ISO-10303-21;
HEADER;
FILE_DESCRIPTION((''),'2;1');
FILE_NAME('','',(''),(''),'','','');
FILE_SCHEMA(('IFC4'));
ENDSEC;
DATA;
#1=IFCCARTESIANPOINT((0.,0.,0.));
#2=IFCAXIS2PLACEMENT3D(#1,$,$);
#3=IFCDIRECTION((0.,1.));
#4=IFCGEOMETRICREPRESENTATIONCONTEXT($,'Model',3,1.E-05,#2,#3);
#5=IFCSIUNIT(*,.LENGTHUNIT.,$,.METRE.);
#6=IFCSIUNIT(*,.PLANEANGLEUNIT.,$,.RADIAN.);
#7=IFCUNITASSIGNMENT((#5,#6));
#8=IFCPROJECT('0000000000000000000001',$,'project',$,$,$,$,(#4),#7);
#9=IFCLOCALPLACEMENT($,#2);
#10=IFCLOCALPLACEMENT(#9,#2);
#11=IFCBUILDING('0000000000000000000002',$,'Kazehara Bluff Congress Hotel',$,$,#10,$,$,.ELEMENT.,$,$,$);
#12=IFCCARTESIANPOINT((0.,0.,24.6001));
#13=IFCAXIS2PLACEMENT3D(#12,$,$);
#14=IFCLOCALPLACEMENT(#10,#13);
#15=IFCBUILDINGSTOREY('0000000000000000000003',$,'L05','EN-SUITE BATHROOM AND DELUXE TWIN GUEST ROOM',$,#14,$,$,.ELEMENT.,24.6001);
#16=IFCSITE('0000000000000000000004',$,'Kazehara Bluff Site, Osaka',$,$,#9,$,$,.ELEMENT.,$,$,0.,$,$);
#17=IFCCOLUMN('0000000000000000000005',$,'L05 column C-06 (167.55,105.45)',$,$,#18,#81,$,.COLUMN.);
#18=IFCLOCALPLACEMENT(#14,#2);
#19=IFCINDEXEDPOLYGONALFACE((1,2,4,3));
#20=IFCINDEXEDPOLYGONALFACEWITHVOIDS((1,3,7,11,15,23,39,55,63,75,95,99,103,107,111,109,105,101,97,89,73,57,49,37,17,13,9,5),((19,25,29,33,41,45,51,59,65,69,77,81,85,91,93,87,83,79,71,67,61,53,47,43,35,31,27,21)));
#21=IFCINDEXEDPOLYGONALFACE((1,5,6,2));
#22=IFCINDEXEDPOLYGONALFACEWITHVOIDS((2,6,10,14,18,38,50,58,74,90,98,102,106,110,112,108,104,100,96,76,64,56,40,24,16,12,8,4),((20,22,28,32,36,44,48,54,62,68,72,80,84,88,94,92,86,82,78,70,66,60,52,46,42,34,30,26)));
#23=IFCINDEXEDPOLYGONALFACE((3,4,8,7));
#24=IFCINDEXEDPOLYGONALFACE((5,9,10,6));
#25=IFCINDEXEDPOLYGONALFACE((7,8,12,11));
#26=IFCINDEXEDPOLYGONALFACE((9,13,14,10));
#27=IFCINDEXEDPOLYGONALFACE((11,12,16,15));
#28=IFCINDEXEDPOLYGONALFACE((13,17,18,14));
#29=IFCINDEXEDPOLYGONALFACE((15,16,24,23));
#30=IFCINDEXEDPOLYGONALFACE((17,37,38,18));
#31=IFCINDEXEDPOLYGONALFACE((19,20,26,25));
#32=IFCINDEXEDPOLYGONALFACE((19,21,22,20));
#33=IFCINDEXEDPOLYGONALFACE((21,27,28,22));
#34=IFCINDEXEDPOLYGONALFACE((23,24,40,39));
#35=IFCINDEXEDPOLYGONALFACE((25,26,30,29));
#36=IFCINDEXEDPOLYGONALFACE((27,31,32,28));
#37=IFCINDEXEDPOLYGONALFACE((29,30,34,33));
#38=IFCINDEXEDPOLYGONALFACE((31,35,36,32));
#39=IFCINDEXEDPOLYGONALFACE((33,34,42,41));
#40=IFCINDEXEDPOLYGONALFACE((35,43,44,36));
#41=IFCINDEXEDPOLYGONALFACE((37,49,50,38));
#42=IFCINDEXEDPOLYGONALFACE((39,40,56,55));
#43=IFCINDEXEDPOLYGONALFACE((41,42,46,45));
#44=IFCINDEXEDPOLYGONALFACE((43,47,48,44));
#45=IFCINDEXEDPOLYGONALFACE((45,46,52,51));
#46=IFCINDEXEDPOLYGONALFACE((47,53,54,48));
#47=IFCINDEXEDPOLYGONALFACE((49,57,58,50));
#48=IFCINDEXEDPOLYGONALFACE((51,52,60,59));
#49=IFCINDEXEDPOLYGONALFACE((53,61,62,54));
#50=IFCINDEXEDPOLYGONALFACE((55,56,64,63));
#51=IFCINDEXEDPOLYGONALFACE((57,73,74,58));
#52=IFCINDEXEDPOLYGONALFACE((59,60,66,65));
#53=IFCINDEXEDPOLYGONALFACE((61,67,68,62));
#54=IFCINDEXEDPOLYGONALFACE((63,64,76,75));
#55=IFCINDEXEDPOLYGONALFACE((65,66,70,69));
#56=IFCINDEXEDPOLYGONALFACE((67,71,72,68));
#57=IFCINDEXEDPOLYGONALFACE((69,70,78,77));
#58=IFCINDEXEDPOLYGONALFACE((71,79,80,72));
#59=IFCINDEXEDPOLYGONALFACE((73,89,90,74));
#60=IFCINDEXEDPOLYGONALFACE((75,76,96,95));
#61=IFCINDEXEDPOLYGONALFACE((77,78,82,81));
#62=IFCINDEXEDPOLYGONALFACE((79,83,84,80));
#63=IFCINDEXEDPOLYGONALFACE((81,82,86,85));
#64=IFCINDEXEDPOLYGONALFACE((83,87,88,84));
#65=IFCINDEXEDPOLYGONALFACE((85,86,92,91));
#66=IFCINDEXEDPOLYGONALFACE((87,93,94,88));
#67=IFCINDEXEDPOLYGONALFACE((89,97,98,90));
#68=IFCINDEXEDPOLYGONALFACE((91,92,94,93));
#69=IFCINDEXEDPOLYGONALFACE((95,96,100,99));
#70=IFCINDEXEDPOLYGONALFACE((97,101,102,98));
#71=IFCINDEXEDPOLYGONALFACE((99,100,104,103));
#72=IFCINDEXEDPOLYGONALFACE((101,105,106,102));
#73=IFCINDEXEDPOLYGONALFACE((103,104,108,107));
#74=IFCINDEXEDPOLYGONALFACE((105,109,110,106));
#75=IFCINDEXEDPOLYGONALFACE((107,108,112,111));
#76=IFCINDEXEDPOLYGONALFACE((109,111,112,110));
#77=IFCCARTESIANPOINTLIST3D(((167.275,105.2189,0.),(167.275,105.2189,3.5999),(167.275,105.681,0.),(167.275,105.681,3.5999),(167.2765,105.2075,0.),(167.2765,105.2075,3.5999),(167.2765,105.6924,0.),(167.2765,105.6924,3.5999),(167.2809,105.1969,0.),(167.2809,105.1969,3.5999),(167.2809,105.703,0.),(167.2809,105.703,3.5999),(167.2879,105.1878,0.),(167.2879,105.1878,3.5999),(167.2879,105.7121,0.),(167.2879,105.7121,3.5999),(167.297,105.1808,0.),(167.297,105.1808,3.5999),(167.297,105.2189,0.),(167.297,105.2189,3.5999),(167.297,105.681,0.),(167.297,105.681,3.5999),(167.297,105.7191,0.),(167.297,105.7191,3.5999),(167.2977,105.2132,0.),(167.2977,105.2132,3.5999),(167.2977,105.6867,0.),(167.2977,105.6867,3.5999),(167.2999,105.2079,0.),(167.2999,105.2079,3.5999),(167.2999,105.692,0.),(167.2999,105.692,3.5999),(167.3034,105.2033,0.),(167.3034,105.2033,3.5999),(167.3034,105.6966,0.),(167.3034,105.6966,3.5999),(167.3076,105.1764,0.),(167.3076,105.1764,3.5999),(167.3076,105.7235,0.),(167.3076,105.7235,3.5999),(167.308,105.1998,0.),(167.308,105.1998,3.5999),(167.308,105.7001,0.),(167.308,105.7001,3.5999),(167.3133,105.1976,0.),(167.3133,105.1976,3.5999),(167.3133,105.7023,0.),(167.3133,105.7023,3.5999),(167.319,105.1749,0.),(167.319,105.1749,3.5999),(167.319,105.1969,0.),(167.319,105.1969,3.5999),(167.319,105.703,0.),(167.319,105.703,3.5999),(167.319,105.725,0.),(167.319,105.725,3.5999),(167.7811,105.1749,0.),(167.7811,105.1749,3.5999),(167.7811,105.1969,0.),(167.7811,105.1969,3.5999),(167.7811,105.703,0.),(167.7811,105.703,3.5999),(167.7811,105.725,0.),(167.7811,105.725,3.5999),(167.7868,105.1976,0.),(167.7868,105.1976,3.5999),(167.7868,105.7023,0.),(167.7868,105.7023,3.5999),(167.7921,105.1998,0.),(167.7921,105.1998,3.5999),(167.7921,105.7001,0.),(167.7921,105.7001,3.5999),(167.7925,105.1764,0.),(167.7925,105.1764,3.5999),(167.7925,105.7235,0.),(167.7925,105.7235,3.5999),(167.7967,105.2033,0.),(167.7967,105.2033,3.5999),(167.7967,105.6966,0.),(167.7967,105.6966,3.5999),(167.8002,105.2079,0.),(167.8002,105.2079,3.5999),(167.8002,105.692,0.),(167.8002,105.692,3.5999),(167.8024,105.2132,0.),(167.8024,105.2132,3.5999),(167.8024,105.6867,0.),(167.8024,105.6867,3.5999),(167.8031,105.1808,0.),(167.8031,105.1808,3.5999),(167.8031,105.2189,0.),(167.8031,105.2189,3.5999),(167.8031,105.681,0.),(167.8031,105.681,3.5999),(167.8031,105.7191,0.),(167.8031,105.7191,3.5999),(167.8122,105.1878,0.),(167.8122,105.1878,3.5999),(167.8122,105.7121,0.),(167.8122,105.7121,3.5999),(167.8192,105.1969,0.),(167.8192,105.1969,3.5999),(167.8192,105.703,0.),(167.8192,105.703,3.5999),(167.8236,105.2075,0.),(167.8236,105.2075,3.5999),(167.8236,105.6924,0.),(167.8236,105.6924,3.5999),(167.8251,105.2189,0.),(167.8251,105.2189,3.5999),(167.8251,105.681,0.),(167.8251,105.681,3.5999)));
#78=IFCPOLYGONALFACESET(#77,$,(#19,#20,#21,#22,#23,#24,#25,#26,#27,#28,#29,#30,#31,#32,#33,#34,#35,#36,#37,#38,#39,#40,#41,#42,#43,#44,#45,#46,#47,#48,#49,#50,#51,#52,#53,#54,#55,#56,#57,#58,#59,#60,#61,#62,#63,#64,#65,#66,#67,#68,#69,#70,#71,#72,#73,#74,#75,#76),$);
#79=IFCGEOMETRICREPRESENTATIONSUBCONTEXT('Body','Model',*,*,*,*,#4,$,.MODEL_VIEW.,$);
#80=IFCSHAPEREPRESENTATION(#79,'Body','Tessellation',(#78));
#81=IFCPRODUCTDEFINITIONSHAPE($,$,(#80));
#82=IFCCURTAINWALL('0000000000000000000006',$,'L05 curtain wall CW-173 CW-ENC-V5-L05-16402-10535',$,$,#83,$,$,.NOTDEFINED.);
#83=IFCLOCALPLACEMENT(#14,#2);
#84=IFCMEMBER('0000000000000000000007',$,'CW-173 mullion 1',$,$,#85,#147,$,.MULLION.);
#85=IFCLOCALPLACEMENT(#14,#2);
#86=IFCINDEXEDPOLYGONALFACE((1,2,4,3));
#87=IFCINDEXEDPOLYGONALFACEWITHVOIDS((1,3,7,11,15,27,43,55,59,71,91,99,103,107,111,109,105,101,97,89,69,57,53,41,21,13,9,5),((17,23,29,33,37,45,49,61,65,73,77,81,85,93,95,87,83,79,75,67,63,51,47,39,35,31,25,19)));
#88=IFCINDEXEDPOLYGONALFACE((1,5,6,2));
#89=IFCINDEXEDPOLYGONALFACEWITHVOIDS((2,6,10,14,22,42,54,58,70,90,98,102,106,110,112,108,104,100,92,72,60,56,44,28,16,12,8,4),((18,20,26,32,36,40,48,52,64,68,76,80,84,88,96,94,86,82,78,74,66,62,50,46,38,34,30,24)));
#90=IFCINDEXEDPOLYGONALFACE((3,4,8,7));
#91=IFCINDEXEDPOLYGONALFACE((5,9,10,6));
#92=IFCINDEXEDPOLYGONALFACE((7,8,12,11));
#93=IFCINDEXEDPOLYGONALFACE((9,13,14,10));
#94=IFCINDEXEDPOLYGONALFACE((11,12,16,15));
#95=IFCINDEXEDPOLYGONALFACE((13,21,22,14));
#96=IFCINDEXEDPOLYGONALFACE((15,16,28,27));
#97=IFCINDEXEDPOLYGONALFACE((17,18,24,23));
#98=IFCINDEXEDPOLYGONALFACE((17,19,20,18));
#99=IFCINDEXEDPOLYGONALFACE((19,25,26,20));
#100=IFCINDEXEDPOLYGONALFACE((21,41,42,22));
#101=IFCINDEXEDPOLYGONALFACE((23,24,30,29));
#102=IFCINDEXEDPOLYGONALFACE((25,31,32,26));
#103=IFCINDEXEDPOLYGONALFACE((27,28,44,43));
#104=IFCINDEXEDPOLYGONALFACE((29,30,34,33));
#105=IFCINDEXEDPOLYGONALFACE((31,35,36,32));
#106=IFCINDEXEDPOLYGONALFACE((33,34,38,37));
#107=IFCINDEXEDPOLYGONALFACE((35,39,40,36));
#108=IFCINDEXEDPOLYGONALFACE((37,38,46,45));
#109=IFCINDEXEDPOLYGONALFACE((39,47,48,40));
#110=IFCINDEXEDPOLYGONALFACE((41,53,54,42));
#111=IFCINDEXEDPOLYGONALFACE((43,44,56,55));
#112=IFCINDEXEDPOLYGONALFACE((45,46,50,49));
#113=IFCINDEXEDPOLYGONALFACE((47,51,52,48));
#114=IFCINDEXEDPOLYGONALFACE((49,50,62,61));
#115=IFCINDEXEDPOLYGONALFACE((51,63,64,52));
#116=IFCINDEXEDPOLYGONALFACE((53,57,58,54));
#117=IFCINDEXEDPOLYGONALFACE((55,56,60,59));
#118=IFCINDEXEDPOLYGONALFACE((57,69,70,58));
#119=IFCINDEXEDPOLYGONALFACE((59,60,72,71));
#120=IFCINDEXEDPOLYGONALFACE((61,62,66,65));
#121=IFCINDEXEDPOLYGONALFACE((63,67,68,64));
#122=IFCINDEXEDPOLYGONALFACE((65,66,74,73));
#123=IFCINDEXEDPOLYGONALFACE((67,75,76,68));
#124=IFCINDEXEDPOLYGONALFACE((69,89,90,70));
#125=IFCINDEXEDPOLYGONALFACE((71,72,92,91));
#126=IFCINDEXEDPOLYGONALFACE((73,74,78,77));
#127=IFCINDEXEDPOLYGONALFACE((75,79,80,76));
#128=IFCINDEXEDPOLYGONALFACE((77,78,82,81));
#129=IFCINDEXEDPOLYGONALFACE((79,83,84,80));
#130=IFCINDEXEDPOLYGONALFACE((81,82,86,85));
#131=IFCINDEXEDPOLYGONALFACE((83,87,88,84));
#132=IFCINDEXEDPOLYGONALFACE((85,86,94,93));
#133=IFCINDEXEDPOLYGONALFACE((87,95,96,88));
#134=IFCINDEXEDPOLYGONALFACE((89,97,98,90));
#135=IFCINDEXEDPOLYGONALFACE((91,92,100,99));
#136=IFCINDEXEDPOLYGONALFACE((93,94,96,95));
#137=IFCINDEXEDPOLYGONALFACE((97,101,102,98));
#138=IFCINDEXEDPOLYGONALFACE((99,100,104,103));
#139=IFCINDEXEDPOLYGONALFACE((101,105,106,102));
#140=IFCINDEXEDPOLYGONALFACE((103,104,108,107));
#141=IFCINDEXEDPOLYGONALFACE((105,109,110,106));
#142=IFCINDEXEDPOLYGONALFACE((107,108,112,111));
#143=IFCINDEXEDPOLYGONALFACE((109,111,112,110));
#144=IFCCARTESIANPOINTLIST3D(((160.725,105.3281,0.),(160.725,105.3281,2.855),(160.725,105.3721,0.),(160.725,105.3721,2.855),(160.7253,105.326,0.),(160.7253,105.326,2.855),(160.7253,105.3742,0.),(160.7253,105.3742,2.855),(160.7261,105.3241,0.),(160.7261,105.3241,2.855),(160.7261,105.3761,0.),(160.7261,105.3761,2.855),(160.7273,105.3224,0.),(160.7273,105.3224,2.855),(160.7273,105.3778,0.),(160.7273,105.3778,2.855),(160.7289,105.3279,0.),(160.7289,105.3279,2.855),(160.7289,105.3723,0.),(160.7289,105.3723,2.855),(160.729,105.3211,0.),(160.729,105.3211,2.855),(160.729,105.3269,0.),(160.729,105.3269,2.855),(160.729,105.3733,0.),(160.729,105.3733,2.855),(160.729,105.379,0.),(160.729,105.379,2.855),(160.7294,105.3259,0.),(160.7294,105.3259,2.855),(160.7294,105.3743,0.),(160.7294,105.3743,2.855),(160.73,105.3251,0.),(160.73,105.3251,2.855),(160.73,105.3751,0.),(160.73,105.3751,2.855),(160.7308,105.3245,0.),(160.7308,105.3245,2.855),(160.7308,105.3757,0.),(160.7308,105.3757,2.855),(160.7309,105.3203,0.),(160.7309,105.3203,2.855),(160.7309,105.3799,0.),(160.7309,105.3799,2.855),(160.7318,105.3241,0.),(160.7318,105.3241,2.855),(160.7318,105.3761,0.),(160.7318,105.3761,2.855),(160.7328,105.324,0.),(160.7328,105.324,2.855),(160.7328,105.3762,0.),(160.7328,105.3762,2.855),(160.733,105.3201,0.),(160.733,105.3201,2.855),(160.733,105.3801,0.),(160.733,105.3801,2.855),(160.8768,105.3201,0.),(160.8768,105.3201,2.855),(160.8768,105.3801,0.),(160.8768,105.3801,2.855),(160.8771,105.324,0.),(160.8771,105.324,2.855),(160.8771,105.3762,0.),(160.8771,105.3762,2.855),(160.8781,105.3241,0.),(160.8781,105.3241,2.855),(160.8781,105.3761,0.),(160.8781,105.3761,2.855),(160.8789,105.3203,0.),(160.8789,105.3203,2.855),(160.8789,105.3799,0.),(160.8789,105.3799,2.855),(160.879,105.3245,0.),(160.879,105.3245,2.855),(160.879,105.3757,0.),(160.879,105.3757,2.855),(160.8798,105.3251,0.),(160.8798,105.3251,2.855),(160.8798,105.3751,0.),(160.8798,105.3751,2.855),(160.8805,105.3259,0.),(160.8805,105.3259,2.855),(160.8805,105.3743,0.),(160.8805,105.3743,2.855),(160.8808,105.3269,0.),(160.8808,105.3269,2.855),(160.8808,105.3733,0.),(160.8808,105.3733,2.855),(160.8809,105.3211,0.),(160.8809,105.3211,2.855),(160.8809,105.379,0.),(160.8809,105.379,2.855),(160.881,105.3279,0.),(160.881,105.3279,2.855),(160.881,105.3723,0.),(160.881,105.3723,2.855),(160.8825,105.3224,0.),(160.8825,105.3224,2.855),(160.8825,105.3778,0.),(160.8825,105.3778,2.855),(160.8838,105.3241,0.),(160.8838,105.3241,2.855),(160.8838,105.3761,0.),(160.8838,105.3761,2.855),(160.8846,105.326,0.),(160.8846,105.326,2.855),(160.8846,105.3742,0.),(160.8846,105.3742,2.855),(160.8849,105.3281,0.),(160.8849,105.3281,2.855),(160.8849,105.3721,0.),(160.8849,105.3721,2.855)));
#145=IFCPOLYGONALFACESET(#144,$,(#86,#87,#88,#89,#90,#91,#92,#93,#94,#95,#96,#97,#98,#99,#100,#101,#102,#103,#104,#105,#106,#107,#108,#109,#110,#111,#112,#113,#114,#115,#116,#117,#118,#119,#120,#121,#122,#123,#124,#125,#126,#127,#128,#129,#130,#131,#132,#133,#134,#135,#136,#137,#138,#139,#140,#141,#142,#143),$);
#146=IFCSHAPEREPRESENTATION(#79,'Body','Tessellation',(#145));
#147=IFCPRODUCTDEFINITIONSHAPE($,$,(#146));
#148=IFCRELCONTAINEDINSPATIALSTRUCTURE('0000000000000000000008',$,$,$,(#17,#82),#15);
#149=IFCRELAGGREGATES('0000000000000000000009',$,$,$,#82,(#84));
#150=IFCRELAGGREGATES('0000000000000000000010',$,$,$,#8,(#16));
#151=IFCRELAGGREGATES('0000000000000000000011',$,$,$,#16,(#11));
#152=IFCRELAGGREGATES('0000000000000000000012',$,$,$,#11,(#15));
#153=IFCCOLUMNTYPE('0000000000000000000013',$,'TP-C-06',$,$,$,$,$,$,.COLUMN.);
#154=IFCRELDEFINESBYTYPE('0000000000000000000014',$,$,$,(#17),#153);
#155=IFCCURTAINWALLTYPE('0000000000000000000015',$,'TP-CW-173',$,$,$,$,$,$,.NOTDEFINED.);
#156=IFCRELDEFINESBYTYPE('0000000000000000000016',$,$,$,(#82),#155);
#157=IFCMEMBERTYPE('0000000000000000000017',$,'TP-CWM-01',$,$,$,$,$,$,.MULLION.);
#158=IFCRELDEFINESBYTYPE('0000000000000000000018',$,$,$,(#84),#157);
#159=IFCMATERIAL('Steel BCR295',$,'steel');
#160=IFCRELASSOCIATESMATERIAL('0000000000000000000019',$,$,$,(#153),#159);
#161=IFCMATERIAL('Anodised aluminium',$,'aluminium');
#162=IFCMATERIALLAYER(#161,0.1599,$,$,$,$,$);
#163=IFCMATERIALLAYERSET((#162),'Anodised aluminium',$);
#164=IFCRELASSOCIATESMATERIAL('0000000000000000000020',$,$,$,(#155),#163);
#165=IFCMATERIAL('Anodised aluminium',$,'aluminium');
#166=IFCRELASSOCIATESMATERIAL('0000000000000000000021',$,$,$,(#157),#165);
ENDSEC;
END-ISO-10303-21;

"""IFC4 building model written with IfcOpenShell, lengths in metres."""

from ifc_helpers import new_model, si_unit, direction, frame, origin, origin_2d, place, context, subcontext, project, spatial, hollow_rectangle, extrude, material, layer, layer_set, material_profile, profile_set, type_object, element, aggregate, save


model = new_model("IFC4")

# Units and contexts
model_context = context("Model", 3, precision=1e-05, world=origin(), true_north=direction((0.0, 1.0)))
body_context = subcontext(model_context, "Body", "Model", "MODEL_VIEW")
ifc_project = project(units=[si_unit("LENGTHUNIT", "METRE"), si_unit("PLANEANGLEUNIT", "RADIAN")], contexts=[model_context])

# Site, building, storey
site_placement = place(None, origin())
site = spatial("IfcSite", under=ifc_project, at=site_placement, Name="Kazehara Bluff Site, Osaka", CompositionType="ELEMENT", RefElevation=0.0)
building_placement = place(site_placement, origin())
building = spatial("IfcBuilding", under=site, at=building_placement, Name="Kazehara Bluff Congress Hotel", CompositionType="ELEMENT")
storey_placement = place(building_placement, frame((0.0, 0.0, 24.6001)))
storey = spatial("IfcBuildingStorey", under=building, at=storey_placement, Name="L05", Description="EN-SUITE BATHROOM AND DELUXE TWIN GUEST ROOM", CompositionType="ELEMENT", Elevation=24.6001)

# Column
ifc_material_1 = material(Name="Steel BCR295", Category="steel")
ifc_material_profile_1 = material_profile(ifc_material_1, hollow_rectangle(XDim=0.55, YDim=0.55, WallThickness=0.022, InnerFilletRadius=0.022, OuterFilletRadius=0.0439, at=origin_2d()))
ifc_profile_set_1 = profile_set([ifc_material_profile_1], Name="Steel BCR295")
column_type = type_object("IfcColumnType", Name="TP-C-06", PredefinedType="COLUMN", material=ifc_profile_set_1)
column_placement = place(storey_placement, frame((167.55, 105.45, 0.0), z_axis=(0.0, 0.0, 1.0), x_axis=(1.0, 0.0, 0.0)))
element("IfcColumn", 1, at=column_placement, inside=storey, type_object=column_type, Name="L05 column C-06 (167.55,105.45)", PredefinedType="COLUMN", context=body_context, shape_type="SweptSolid", body=[
    extrude(hollow_rectangle(XDim=0.55, YDim=0.55, WallThickness=0.022, InnerFilletRadius=0.022, OuterFilletRadius=0.0439, at=origin_2d()), origin(), (0.0, 0.0, 1.0), 3.5999),
])

# Curtain wall, member
ifc_material_2 = material(Name="Anodised aluminium", Category="aluminium")
ifc_layer_1 = layer(ifc_material_2, 0.1599)
ifc_layer_set_1 = layer_set([ifc_layer_1], Name="Anodised aluminium")
curtain_wall_type_1 = type_object("IfcCurtainWallType", Name="TP-CW-173", PredefinedType="NOTDEFINED", material=ifc_layer_set_1)
curtain_wall_1_placement = place(storey_placement, origin())
curtain_wall_1 = element("IfcCurtainWall", 2, at=curtain_wall_1_placement, inside=storey, type_object=curtain_wall_type_1, Name="L05 curtain wall CW-173 CW-ENC-V5-L05-16402-10535", PredefinedType="NOTDEFINED")
ifc_material_3 = material(Name="Anodised aluminium", Category="aluminium")
ifc_material_profile_2 = material_profile(ifc_material_3, hollow_rectangle(XDim=0.0601, YDim=0.1599, WallThickness=0.0039, InnerFilletRadius=0.0039, OuterFilletRadius=0.0081, at=origin_2d()))
ifc_profile_set_2 = profile_set([ifc_material_profile_2], Name="Anodised aluminium")
member_type_1 = type_object("IfcMemberType", Name="TP-CWM-01", PredefinedType="MULLION", material=ifc_profile_set_2)
member_1_placement = place(storey_placement, frame((160.8049, 105.3501, 0.0), z_axis=(0.0, 0.0, 1.0), x_axis=(0.0, 1.0, 0.0)))
member_1 = element("IfcMember", 3, at=member_1_placement, type_object=member_type_1, Name="CW-173 mullion 1", PredefinedType="MULLION", context=body_context, shape_type="SweptSolid", body=[
    extrude(hollow_rectangle(XDim=0.0601, YDim=0.1599, WallThickness=0.0039, InnerFilletRadius=0.0039, OuterFilletRadius=0.0081, at=origin_2d()), origin(), (0.0, 0.0, 1.0), 2.855),
])

aggregate(curtain_wall_1, [member_1])

save(model, "model.ifc")
